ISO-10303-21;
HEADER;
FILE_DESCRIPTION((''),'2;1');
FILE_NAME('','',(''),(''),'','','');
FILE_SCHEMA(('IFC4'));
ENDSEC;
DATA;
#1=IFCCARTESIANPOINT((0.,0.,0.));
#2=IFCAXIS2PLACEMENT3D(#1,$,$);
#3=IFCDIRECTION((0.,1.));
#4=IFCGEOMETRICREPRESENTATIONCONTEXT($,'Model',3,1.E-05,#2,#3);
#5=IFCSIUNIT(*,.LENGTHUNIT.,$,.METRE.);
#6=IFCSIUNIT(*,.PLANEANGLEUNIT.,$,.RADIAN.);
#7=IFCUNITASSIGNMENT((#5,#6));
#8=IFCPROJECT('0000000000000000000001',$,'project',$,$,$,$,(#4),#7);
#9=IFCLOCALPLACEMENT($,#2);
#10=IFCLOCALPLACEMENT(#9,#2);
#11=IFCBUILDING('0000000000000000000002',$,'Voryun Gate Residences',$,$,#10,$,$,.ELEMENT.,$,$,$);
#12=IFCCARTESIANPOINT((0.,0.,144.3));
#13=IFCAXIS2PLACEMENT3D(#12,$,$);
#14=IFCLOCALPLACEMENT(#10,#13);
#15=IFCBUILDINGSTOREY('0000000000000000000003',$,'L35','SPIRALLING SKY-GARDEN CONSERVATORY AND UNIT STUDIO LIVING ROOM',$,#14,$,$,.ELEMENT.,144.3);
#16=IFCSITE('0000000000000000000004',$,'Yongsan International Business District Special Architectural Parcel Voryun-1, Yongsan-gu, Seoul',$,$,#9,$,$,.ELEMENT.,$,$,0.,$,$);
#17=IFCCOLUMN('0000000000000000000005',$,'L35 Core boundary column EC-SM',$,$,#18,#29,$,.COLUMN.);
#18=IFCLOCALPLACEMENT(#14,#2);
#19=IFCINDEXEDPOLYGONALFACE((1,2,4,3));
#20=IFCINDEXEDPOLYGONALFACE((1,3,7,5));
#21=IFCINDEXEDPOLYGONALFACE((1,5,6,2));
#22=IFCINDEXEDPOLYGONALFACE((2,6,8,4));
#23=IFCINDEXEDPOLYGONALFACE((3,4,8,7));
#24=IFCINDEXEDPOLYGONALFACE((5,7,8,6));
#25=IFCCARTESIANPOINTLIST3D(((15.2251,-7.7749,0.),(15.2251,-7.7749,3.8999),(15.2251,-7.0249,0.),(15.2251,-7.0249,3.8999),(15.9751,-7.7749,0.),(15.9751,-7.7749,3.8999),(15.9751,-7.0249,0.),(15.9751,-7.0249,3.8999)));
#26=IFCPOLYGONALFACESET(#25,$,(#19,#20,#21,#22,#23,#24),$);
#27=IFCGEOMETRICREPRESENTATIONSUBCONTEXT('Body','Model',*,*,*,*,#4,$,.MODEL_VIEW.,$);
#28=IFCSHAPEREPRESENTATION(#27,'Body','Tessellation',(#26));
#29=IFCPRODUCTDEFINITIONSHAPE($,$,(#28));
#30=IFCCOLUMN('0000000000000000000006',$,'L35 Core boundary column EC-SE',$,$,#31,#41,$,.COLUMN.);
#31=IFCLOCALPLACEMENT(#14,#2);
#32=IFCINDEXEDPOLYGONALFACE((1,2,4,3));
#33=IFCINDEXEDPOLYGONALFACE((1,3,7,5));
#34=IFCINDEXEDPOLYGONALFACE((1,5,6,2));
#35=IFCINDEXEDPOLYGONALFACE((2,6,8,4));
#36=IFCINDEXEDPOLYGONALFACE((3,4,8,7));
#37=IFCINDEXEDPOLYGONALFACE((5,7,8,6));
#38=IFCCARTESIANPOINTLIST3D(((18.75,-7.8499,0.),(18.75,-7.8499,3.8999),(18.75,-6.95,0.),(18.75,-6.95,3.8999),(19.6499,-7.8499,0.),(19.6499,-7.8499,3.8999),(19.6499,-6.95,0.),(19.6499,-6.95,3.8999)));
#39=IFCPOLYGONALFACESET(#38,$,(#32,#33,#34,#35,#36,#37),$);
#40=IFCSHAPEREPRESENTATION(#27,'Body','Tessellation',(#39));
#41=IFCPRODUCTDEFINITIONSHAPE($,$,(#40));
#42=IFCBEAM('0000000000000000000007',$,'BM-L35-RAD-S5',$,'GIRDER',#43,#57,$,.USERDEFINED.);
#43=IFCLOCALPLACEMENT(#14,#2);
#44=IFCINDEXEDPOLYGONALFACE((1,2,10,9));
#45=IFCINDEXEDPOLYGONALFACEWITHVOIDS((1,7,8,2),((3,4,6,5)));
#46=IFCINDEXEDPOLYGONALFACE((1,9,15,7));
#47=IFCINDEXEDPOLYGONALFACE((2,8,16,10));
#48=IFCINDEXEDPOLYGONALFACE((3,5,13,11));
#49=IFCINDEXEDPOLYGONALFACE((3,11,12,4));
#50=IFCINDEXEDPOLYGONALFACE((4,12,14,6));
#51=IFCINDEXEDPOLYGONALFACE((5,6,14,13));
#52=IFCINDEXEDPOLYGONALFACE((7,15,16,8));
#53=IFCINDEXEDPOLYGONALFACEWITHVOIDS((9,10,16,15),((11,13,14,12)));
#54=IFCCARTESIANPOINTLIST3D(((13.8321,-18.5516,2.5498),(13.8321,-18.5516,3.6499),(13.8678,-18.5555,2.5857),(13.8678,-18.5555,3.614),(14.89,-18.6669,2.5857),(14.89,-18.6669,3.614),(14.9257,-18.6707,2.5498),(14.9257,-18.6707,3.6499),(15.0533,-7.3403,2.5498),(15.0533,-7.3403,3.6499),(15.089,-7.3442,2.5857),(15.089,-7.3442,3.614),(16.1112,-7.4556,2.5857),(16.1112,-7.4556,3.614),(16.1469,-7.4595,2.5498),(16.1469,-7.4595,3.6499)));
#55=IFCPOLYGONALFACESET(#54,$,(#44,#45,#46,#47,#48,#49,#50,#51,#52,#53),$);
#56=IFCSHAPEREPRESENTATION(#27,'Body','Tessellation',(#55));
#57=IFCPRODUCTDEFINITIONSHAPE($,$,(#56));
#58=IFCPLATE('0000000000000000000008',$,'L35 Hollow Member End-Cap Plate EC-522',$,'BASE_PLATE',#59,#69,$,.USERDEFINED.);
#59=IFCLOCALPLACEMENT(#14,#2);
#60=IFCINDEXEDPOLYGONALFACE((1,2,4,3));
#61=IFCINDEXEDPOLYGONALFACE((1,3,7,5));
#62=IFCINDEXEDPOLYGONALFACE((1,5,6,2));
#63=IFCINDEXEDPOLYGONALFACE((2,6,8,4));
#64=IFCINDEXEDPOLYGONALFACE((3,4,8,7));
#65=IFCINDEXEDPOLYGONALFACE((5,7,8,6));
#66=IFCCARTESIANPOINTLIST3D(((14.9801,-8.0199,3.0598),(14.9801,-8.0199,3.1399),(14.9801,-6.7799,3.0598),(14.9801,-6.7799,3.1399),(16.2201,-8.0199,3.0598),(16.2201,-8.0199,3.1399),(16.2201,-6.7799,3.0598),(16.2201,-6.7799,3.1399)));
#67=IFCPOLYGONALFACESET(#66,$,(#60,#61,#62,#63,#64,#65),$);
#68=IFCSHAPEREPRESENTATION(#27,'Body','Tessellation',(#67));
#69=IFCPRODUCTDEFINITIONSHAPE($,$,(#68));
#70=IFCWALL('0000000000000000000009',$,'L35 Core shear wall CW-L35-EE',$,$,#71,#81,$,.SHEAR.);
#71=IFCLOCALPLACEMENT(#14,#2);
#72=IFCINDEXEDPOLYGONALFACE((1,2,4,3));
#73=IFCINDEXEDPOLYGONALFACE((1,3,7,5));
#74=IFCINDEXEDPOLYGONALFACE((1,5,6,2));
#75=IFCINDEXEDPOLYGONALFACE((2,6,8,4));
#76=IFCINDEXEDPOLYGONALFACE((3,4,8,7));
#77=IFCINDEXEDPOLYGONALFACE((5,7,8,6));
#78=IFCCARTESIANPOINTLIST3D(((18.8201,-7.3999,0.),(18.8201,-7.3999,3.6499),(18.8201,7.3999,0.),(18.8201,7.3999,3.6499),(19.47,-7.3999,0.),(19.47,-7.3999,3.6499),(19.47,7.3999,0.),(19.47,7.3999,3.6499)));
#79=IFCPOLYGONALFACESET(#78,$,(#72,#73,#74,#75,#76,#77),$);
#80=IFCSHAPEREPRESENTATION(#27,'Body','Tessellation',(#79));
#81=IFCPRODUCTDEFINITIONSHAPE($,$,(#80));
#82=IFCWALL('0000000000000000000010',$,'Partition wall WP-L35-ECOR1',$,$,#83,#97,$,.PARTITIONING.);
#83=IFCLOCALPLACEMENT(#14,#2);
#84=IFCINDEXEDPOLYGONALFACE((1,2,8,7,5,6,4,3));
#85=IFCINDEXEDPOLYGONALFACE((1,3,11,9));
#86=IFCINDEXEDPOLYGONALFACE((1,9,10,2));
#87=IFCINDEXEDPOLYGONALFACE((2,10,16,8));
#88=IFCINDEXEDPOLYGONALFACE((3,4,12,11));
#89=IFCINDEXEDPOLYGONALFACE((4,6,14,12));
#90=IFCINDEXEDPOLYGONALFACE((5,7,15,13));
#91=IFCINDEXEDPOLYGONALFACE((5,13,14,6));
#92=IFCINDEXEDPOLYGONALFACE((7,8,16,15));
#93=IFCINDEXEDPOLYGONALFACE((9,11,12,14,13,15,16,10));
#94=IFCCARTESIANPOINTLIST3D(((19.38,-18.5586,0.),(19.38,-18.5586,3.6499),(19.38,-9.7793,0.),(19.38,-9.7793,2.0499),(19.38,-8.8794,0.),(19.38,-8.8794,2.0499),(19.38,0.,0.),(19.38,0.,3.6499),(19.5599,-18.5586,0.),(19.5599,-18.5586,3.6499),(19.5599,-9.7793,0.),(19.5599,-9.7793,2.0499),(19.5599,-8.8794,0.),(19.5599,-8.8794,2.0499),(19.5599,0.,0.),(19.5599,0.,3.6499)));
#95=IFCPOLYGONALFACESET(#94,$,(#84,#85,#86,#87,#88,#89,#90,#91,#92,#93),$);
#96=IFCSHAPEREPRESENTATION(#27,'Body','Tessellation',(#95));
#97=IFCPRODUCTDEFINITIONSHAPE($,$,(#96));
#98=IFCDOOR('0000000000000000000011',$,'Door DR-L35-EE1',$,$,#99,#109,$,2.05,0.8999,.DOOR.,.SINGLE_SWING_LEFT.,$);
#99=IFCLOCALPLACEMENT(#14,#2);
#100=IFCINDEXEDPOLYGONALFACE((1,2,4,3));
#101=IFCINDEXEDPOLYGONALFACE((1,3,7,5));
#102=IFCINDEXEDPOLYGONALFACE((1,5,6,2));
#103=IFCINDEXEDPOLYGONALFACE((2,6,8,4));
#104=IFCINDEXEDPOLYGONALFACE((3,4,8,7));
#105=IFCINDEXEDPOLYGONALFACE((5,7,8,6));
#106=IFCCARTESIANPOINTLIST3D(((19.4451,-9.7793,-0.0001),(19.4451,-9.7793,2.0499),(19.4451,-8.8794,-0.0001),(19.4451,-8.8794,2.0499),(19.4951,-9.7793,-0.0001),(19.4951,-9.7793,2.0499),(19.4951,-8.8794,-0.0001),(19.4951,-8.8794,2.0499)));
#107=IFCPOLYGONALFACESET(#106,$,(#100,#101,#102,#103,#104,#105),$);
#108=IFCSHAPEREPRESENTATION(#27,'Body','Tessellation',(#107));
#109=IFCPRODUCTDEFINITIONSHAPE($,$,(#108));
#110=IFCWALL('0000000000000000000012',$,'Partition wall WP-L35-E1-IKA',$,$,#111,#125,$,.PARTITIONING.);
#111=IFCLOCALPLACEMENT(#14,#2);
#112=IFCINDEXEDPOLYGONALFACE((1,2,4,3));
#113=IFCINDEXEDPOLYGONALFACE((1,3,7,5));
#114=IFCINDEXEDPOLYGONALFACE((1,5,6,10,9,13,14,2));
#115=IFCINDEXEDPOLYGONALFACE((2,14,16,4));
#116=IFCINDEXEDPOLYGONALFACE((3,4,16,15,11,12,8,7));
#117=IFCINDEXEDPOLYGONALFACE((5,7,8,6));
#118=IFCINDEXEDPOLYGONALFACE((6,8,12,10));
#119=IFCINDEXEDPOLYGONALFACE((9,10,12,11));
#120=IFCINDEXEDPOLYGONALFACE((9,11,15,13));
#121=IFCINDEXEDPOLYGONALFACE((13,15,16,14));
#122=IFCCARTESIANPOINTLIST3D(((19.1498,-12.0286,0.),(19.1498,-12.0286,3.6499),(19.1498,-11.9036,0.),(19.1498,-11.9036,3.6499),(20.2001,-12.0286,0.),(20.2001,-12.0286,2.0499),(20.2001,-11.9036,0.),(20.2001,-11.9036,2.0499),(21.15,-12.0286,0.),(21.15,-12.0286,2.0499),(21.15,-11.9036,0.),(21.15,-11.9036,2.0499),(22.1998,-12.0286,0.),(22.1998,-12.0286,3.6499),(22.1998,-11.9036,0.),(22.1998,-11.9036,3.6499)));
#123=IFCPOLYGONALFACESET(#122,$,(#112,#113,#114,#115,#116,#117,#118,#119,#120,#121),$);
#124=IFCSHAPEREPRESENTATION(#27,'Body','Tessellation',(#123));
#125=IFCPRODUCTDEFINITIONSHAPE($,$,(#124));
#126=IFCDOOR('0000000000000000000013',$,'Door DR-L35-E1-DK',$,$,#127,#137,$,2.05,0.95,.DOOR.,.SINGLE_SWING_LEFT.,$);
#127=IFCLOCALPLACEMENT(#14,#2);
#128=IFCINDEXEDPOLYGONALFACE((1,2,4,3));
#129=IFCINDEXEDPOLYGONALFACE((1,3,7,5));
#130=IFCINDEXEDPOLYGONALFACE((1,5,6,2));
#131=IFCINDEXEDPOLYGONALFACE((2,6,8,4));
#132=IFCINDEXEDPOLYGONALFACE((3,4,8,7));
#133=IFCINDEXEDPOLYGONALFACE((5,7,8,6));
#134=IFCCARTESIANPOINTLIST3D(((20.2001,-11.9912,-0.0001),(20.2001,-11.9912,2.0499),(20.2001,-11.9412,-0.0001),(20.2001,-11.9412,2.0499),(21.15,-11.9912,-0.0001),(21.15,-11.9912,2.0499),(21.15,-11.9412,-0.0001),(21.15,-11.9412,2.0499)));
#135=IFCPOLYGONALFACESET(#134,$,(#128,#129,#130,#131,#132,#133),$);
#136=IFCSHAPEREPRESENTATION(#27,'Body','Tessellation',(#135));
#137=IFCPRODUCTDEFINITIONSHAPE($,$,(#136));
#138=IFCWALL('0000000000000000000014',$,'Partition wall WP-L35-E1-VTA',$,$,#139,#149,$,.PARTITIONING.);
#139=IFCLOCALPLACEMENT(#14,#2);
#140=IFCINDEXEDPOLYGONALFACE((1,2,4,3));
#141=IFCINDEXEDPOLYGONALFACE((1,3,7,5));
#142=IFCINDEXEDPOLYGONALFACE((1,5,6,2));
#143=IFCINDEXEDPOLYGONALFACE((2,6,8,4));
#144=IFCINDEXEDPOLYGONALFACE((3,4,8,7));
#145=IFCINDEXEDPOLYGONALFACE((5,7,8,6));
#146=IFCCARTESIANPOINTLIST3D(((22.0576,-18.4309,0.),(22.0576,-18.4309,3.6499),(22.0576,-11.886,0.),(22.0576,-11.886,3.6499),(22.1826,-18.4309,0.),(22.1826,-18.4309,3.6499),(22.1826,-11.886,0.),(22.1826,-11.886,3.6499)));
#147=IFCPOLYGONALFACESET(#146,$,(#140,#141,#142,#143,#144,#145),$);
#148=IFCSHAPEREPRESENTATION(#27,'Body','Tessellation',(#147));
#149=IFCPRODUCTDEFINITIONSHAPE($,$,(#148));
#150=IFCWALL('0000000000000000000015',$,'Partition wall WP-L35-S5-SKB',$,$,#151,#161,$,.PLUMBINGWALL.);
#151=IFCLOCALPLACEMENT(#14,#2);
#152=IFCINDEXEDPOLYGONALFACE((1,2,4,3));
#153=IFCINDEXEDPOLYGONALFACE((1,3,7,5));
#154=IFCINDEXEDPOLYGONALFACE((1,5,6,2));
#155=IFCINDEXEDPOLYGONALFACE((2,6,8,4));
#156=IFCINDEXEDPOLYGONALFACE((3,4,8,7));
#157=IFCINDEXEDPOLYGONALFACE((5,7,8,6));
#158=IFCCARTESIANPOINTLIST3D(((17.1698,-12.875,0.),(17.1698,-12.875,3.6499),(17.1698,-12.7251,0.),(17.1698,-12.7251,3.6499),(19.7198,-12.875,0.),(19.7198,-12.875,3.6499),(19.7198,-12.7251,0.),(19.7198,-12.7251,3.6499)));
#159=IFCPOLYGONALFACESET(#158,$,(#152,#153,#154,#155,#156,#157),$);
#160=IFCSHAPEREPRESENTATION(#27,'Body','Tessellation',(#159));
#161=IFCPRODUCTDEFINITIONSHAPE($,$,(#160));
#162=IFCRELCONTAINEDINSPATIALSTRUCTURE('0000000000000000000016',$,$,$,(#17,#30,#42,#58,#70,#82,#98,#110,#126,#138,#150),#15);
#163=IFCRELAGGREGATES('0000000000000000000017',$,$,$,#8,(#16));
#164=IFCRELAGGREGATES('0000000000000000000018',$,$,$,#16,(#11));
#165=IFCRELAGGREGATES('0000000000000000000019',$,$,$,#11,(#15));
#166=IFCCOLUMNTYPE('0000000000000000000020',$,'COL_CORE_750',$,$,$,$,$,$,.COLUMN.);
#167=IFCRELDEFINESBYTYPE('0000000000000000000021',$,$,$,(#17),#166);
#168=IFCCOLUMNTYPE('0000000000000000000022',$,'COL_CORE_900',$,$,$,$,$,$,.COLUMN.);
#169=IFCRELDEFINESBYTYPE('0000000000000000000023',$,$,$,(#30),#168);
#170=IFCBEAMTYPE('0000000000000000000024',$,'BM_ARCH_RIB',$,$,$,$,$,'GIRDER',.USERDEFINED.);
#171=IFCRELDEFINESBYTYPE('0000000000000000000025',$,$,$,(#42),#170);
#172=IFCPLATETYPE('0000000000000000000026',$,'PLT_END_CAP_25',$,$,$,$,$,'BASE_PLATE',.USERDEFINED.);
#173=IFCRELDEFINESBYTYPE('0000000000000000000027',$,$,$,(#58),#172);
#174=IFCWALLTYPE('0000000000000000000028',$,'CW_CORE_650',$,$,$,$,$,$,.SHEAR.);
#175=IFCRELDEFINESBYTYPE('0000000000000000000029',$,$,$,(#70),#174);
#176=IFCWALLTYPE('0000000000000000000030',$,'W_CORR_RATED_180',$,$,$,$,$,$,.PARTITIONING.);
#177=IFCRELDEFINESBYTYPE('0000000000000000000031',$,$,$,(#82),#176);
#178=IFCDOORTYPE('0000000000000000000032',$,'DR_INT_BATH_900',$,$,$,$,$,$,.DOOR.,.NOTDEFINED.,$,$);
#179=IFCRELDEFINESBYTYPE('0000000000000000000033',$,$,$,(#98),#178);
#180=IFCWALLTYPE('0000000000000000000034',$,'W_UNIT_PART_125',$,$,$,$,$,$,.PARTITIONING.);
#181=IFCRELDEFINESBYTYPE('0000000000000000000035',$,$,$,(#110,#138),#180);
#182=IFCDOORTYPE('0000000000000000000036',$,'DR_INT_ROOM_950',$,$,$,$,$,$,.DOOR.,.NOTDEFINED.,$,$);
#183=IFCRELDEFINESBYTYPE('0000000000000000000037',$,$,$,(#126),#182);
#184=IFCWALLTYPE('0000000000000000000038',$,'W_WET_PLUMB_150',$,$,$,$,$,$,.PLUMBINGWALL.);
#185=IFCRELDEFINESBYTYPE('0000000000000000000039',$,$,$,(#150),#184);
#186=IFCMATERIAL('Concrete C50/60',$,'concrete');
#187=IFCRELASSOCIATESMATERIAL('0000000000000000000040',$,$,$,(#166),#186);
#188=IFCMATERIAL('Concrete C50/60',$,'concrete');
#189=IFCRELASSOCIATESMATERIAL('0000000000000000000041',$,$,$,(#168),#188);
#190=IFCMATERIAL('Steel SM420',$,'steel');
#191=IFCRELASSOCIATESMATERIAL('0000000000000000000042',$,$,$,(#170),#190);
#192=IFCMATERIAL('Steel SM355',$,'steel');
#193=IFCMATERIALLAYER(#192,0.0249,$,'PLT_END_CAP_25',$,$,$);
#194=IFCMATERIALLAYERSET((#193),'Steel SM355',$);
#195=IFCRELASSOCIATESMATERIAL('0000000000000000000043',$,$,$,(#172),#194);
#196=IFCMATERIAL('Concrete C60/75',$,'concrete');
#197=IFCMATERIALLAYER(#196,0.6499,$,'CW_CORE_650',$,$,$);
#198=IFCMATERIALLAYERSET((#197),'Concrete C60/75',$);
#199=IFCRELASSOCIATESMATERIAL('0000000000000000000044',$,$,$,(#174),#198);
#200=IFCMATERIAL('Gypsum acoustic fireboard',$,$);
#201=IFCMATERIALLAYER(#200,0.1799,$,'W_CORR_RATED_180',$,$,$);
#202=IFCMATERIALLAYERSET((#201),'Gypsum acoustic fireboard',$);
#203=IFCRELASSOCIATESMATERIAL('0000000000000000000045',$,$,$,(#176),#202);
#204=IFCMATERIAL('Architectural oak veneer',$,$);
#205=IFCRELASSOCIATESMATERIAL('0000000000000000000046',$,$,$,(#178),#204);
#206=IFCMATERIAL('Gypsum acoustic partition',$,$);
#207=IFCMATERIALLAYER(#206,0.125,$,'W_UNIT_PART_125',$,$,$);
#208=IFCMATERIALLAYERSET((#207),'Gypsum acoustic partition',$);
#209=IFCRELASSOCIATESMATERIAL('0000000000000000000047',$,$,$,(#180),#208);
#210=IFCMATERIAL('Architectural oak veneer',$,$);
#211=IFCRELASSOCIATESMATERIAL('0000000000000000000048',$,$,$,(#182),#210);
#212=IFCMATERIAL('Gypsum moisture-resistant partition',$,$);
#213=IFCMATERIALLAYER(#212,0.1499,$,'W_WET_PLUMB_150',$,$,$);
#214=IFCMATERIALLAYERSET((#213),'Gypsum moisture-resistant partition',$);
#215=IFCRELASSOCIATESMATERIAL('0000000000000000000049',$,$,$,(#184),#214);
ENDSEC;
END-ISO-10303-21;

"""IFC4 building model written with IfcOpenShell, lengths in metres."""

from ifc_helpers import new_model, si_unit, direction, frame, frame_2d, origin, origin_2d, place, context, subcontext, project, spatial, rectangle, hollow_rectangle, extrude, material, layer, layer_set, material_profile, profile_set, type_object, element, fill, save


model = new_model("IFC4")

# Units and contexts
model_context = context("Model", 3, precision=1e-05, world=origin(), true_north=direction((0.0, 1.0)))
body_context = subcontext(model_context, "Body", "Model", "MODEL_VIEW")
ifc_project = project(units=[si_unit("LENGTHUNIT", "METRE"), si_unit("PLANEANGLEUNIT", "RADIAN")], contexts=[model_context])

# Site, building, storey
site_placement = place(None, origin())
site = spatial("IfcSite", under=ifc_project, at=site_placement, Name="Yongsan International Business District Special Architectural Parcel Voryun-1, Yongsan-gu, Seoul", CompositionType="ELEMENT", RefElevation=0.0)
building_placement = place(site_placement, origin())
building = spatial("IfcBuilding", under=site, at=building_placement, Name="Voryun Gate Residences", CompositionType="ELEMENT")
storey_placement = place(building_placement, frame((0.0, 0.0, 144.3)))
storey = spatial("IfcBuildingStorey", under=building, at=storey_placement, Name="L35", Description="SPIRALLING SKY-GARDEN CONSERVATORY AND UNIT STUDIO LIVING ROOM", CompositionType="ELEMENT", Elevation=144.3)

# Columns
ifc_material_1 = material(Name="Concrete C50/60", Category="concrete")
ifc_material_profile_1 = material_profile(ifc_material_1, rectangle(XDim=0.75, YDim=0.75, at=origin_2d()), Name="RC-750x750")
ifc_profile_set_1 = profile_set([ifc_material_profile_1], Name="Concrete C50/60")
column_type_1 = type_object("IfcColumnType", Name="COL_CORE_750", PredefinedType="COLUMN", material=ifc_profile_set_1)
column_1_placement = place(storey_placement, frame((15.6001, -7.3999, 0.0), z_axis=(0.0, 0.0, 1.0), x_axis=(1.0, 0.0, 0.0)))
element("IfcColumn", 1, at=column_1_placement, inside=storey, type_object=column_type_1, Name="L35 Core boundary column EC-SM", PredefinedType="COLUMN", context=body_context, shape_type="SweptSolid", body=[
    extrude(rectangle(XDim=0.75, YDim=0.75, at=origin_2d()), origin(), (0.0, 0.0, 1.0), 3.8999),
])
ifc_material_2 = material(Name="Concrete C50/60", Category="concrete")
ifc_material_profile_2 = material_profile(ifc_material_2, rectangle(XDim=0.8999, YDim=0.8999, at=origin_2d()), Name="RC-900x900")
ifc_profile_set_2 = profile_set([ifc_material_profile_2], Name="Concrete C50/60")
column_type_2 = type_object("IfcColumnType", Name="COL_CORE_900", PredefinedType="COLUMN", material=ifc_profile_set_2)
column_2_placement = place(storey_placement, frame((19.2, -7.3999, 0.0), z_axis=(0.0, 0.0, 1.0), x_axis=(1.0, 0.0, 0.0)))
element("IfcColumn", 2, at=column_2_placement, inside=storey, type_object=column_type_2, Name="L35 Core boundary column EC-SE", PredefinedType="COLUMN", context=body_context, shape_type="SweptSolid", body=[
    extrude(rectangle(XDim=0.8999, YDim=0.8999, at=origin_2d()), origin(), (0.0, 0.0, 1.0), 3.8999),
])

# Beam
ifc_material_3 = material(Name="Steel SM420", Category="steel")
ifc_material_profile_3 = material_profile(ifc_material_3, hollow_rectangle(XDim=1.1001, YDim=1.1001, WallThickness=0.0359, at=origin_2d()), Name="BOX-1100x1100x36")
ifc_profile_set_3 = profile_set([ifc_material_profile_3], Name="Steel SM420")
beam_type = type_object("IfcBeamType", Name="BM_ARCH_RIB", ElementType="GIRDER", PredefinedType="USERDEFINED", material=ifc_profile_set_3)
beam_placement = place(storey_placement, frame((15.6001, -7.3999, 3.0999), z_axis=(-0.108286, -0.99412, 0.0), x_axis=(0.99412, -0.108286, 0.0)))
element("IfcBeam", 3, at=beam_placement, inside=storey, type_object=beam_type, Name="BM-L35-RAD-S5", ObjectType="GIRDER", PredefinedType="USERDEFINED", context=body_context, shape_type="SweptSolid", body=[
    extrude(hollow_rectangle(XDim=1.1001, YDim=1.1001, WallThickness=0.0359, at=origin_2d()), origin(), (0.0, 0.0, 1.0), 11.2776),
])

# Plate
ifc_material_4 = material(Name="Steel SM355", Category="steel")
ifc_layer_1 = layer(ifc_material_4, 0.0249, Name="PLT_END_CAP_25")
ifc_layer_set_1 = layer_set([ifc_layer_1], Name="Steel SM355")
plate_type = type_object("IfcPlateType", Name="PLT_END_CAP_25", ElementType="BASE_PLATE", PredefinedType="USERDEFINED", material=ifc_layer_set_1)
plate_placement = place(storey_placement, frame((15.6001, -7.3999, 3.0598), z_axis=(0.0, 0.0, 1.0), x_axis=(1.0, 0.0, 0.0)))
element("IfcPlate", 4, at=plate_placement, inside=storey, type_object=plate_type, Name="L35 Hollow Member End-Cap Plate EC-522", ObjectType="BASE_PLATE", PredefinedType="USERDEFINED", context=body_context, shape_type="SweptSolid", body=[
    extrude(rectangle(XDim=1.24, YDim=1.24, at=origin_2d()), origin(), (0.0, 0.0, 1.0), 0.0801),
])

# Wall
ifc_material_5 = material(Name="Concrete C60/75", Category="concrete")
ifc_layer_2 = layer(ifc_material_5, 0.6499, Name="CW_CORE_650")
ifc_layer_set_2 = layer_set([ifc_layer_2], Name="Concrete C60/75")
wall_type_1 = type_object("IfcWallType", Name="CW_CORE_650", PredefinedType="SHEAR", material=ifc_layer_set_2)
wall_1_placement = place(storey_placement, frame((19.145, -7.3999, 0.0), z_axis=(0.0, 0.0, 1.0), x_axis=(0.0, 1.0, 0.0)))
element("IfcWall", 5, at=wall_1_placement, inside=storey, type_object=wall_type_1, Name="L35 Core shear wall CW-L35-EE", PredefinedType="SHEAR", context=body_context, shape_type="SweptSolid", body=[
    extrude(rectangle(XDim=14.7998, YDim=0.6499, at=frame_2d((7.3999, 0.0))), origin(), (0.0, 0.0, 1.0), 3.6499),
])

# Walls, openings, doors
ifc_material_6 = material(Name="Gypsum acoustic fireboard")
ifc_layer_3 = layer(ifc_material_6, 0.1799, Name="W_CORR_RATED_180")
ifc_layer_set_3 = layer_set([ifc_layer_3], Name="Gypsum acoustic fireboard")
wall_type_2 = type_object("IfcWallType", Name="W_CORR_RATED_180", PredefinedType="PARTITIONING", material=ifc_layer_set_3)
wall_2_placement = place(storey_placement, frame((19.47, -18.5586, 0.0), z_axis=(0.0, 0.0, 1.0), x_axis=(0.0, 1.0, 0.0)))
wall_2 = element("IfcWall", 6, at=wall_2_placement, inside=storey, type_object=wall_type_2, Name="Partition wall WP-L35-ECOR1", PredefinedType="PARTITIONING", context=body_context, shape_type="SweptSolid", body=[
    extrude(rectangle(XDim=18.5586, YDim=0.1799, at=frame_2d((9.2793, 0.0))), origin(), (0.0, 0.0, 1.0), 3.6499),
])
opening_1_placement = place(wall_2_placement, frame((8.7793, 0.0, 0.0)))
opening_1 = element("IfcOpeningElement", 7, at=opening_1_placement, cuts=wall_2, PredefinedType="OPENING", context=body_context, shape_type="SweptSolid", body=[
    extrude(rectangle(XDim=0.8999, YDim=2.05, at=frame_2d((0.45, 1.0249))), frame((0.0, 0.0999, 0.0), z_axis=(0.0, -1.0, 0.0), x_axis=(1.0, 0.0, 0.0)), (0.0, 0.0, 1.0), 0.2),
])
ifc_material_7 = material(Name="Architectural oak veneer")
door_type_1 = type_object("IfcDoorType", Name="DR_INT_BATH_900", OperationType="NOTDEFINED", PredefinedType="DOOR", material=ifc_material_7)
door_1_placement = place(opening_1_placement, origin())
door_1 = element("IfcDoor", 8, at=door_1_placement, inside=storey, type_object=door_type_1, Name="Door DR-L35-EE1", OperationType="SINGLE_SWING_LEFT", OverallHeight=2.05, OverallWidth=0.8999, PredefinedType="DOOR", context=body_context, shape_type="SweptSolid", body=[
    extrude(rectangle(XDim=0.8999, YDim=2.05, at=frame_2d((0.45, 1.0249))), frame((0.0, 0.0249, 0.0), z_axis=(0.0, -1.0, 0.0), x_axis=(1.0, 0.0, 0.0)), (0.0, 0.0, 1.0), 0.05),
])
fill(opening_1, door_1)
ifc_material_8 = material(Name="Gypsum acoustic partition")
ifc_layer_4 = layer(ifc_material_8, 0.125, Name="W_UNIT_PART_125")
ifc_layer_set_4 = layer_set([ifc_layer_4], Name="Gypsum acoustic partition")
wall_type_3 = type_object("IfcWallType", Name="W_UNIT_PART_125", PredefinedType="PARTITIONING", material=ifc_layer_set_4)
wall_3_placement = place(storey_placement, frame((19.1499, -11.9661, 0.0), z_axis=(0.0, 0.0, 1.0), x_axis=(1.0, 0.0, 0.0)))
wall_3 = element("IfcWall", 9, at=wall_3_placement, inside=storey, type_object=wall_type_3, Name="Partition wall WP-L35-E1-IKA", PredefinedType="PARTITIONING", context=body_context, shape_type="SweptSolid", body=[
    extrude(rectangle(XDim=3.05, YDim=0.125, at=frame_2d((1.5249, 0.0))), origin(), (0.0, 0.0, 1.0), 3.6499),
])
opening_2_placement = place(wall_3_placement, frame((1.05, 0.0, 0.0)))
opening_2 = element("IfcOpeningElement", 10, at=opening_2_placement, cuts=wall_3, PredefinedType="OPENING", context=body_context, shape_type="SweptSolid", body=[
    extrude(rectangle(XDim=0.95, YDim=2.05, at=frame_2d((0.4751, 1.0249))), frame((0.0, 0.0725, 0.0), z_axis=(0.0, -1.0, 0.0), x_axis=(1.0, 0.0, 0.0)), (0.0, 0.0, 1.0), 0.145),
])
ifc_material_9 = material(Name="Architectural oak veneer")
door_type_2 = type_object("IfcDoorType", Name="DR_INT_ROOM_950", OperationType="NOTDEFINED", PredefinedType="DOOR", material=ifc_material_9)
door_2_placement = place(opening_2_placement, origin())
door_2 = element("IfcDoor", 11, at=door_2_placement, inside=storey, type_object=door_type_2, Name="Door DR-L35-E1-DK", OperationType="SINGLE_SWING_LEFT", OverallHeight=2.05, OverallWidth=0.95, PredefinedType="DOOR", context=body_context, shape_type="SweptSolid", body=[
    extrude(rectangle(XDim=0.95, YDim=2.05, at=frame_2d((0.4751, 1.0249))), frame((0.0, 0.0249, 0.0), z_axis=(0.0, -1.0, 0.0), x_axis=(1.0, 0.0, 0.0)), (0.0, 0.0, 1.0), 0.05),
])
fill(opening_2, door_2)

# Walls
wall_4_placement = place(storey_placement, frame((22.1201, -18.4309, 0.0), z_axis=(0.0, 0.0, 1.0), x_axis=(0.0, 1.0, 0.0)))
element("IfcWall", 12, at=wall_4_placement, inside=storey, type_object=wall_type_3, Name="Partition wall WP-L35-E1-VTA", PredefinedType="PARTITIONING", context=body_context, shape_type="SweptSolid", body=[
    extrude(rectangle(XDim=6.5449, YDim=0.125, at=frame_2d((3.2725, 0.0))), origin(), (0.0, 0.0, 1.0), 3.6499),
])
ifc_material_10 = material(Name="Gypsum moisture-resistant partition")
ifc_layer_5 = layer(ifc_material_10, 0.1499, Name="W_WET_PLUMB_150")
ifc_layer_set_5 = layer_set([ifc_layer_5], Name="Gypsum moisture-resistant partition")
wall_type_4 = type_object("IfcWallType", Name="W_WET_PLUMB_150", PredefinedType="PLUMBINGWALL", material=ifc_layer_set_5)
wall_5_placement = place(storey_placement, frame((17.1699, -12.8, 0.0), z_axis=(0.0, 0.0, 1.0), x_axis=(1.0, 0.0, 0.0)))
element("IfcWall", 13, at=wall_5_placement, inside=storey, type_object=wall_type_4, Name="Partition wall WP-L35-S5-SKB", PredefinedType="PLUMBINGWALL", context=body_context, shape_type="SweptSolid", body=[
    extrude(rectangle(XDim=2.55, YDim=0.1499, at=frame_2d((1.2749, 0.0))), origin(), (0.0, 0.0, 1.0), 3.6499),
])

save(model, "model.ifc")
